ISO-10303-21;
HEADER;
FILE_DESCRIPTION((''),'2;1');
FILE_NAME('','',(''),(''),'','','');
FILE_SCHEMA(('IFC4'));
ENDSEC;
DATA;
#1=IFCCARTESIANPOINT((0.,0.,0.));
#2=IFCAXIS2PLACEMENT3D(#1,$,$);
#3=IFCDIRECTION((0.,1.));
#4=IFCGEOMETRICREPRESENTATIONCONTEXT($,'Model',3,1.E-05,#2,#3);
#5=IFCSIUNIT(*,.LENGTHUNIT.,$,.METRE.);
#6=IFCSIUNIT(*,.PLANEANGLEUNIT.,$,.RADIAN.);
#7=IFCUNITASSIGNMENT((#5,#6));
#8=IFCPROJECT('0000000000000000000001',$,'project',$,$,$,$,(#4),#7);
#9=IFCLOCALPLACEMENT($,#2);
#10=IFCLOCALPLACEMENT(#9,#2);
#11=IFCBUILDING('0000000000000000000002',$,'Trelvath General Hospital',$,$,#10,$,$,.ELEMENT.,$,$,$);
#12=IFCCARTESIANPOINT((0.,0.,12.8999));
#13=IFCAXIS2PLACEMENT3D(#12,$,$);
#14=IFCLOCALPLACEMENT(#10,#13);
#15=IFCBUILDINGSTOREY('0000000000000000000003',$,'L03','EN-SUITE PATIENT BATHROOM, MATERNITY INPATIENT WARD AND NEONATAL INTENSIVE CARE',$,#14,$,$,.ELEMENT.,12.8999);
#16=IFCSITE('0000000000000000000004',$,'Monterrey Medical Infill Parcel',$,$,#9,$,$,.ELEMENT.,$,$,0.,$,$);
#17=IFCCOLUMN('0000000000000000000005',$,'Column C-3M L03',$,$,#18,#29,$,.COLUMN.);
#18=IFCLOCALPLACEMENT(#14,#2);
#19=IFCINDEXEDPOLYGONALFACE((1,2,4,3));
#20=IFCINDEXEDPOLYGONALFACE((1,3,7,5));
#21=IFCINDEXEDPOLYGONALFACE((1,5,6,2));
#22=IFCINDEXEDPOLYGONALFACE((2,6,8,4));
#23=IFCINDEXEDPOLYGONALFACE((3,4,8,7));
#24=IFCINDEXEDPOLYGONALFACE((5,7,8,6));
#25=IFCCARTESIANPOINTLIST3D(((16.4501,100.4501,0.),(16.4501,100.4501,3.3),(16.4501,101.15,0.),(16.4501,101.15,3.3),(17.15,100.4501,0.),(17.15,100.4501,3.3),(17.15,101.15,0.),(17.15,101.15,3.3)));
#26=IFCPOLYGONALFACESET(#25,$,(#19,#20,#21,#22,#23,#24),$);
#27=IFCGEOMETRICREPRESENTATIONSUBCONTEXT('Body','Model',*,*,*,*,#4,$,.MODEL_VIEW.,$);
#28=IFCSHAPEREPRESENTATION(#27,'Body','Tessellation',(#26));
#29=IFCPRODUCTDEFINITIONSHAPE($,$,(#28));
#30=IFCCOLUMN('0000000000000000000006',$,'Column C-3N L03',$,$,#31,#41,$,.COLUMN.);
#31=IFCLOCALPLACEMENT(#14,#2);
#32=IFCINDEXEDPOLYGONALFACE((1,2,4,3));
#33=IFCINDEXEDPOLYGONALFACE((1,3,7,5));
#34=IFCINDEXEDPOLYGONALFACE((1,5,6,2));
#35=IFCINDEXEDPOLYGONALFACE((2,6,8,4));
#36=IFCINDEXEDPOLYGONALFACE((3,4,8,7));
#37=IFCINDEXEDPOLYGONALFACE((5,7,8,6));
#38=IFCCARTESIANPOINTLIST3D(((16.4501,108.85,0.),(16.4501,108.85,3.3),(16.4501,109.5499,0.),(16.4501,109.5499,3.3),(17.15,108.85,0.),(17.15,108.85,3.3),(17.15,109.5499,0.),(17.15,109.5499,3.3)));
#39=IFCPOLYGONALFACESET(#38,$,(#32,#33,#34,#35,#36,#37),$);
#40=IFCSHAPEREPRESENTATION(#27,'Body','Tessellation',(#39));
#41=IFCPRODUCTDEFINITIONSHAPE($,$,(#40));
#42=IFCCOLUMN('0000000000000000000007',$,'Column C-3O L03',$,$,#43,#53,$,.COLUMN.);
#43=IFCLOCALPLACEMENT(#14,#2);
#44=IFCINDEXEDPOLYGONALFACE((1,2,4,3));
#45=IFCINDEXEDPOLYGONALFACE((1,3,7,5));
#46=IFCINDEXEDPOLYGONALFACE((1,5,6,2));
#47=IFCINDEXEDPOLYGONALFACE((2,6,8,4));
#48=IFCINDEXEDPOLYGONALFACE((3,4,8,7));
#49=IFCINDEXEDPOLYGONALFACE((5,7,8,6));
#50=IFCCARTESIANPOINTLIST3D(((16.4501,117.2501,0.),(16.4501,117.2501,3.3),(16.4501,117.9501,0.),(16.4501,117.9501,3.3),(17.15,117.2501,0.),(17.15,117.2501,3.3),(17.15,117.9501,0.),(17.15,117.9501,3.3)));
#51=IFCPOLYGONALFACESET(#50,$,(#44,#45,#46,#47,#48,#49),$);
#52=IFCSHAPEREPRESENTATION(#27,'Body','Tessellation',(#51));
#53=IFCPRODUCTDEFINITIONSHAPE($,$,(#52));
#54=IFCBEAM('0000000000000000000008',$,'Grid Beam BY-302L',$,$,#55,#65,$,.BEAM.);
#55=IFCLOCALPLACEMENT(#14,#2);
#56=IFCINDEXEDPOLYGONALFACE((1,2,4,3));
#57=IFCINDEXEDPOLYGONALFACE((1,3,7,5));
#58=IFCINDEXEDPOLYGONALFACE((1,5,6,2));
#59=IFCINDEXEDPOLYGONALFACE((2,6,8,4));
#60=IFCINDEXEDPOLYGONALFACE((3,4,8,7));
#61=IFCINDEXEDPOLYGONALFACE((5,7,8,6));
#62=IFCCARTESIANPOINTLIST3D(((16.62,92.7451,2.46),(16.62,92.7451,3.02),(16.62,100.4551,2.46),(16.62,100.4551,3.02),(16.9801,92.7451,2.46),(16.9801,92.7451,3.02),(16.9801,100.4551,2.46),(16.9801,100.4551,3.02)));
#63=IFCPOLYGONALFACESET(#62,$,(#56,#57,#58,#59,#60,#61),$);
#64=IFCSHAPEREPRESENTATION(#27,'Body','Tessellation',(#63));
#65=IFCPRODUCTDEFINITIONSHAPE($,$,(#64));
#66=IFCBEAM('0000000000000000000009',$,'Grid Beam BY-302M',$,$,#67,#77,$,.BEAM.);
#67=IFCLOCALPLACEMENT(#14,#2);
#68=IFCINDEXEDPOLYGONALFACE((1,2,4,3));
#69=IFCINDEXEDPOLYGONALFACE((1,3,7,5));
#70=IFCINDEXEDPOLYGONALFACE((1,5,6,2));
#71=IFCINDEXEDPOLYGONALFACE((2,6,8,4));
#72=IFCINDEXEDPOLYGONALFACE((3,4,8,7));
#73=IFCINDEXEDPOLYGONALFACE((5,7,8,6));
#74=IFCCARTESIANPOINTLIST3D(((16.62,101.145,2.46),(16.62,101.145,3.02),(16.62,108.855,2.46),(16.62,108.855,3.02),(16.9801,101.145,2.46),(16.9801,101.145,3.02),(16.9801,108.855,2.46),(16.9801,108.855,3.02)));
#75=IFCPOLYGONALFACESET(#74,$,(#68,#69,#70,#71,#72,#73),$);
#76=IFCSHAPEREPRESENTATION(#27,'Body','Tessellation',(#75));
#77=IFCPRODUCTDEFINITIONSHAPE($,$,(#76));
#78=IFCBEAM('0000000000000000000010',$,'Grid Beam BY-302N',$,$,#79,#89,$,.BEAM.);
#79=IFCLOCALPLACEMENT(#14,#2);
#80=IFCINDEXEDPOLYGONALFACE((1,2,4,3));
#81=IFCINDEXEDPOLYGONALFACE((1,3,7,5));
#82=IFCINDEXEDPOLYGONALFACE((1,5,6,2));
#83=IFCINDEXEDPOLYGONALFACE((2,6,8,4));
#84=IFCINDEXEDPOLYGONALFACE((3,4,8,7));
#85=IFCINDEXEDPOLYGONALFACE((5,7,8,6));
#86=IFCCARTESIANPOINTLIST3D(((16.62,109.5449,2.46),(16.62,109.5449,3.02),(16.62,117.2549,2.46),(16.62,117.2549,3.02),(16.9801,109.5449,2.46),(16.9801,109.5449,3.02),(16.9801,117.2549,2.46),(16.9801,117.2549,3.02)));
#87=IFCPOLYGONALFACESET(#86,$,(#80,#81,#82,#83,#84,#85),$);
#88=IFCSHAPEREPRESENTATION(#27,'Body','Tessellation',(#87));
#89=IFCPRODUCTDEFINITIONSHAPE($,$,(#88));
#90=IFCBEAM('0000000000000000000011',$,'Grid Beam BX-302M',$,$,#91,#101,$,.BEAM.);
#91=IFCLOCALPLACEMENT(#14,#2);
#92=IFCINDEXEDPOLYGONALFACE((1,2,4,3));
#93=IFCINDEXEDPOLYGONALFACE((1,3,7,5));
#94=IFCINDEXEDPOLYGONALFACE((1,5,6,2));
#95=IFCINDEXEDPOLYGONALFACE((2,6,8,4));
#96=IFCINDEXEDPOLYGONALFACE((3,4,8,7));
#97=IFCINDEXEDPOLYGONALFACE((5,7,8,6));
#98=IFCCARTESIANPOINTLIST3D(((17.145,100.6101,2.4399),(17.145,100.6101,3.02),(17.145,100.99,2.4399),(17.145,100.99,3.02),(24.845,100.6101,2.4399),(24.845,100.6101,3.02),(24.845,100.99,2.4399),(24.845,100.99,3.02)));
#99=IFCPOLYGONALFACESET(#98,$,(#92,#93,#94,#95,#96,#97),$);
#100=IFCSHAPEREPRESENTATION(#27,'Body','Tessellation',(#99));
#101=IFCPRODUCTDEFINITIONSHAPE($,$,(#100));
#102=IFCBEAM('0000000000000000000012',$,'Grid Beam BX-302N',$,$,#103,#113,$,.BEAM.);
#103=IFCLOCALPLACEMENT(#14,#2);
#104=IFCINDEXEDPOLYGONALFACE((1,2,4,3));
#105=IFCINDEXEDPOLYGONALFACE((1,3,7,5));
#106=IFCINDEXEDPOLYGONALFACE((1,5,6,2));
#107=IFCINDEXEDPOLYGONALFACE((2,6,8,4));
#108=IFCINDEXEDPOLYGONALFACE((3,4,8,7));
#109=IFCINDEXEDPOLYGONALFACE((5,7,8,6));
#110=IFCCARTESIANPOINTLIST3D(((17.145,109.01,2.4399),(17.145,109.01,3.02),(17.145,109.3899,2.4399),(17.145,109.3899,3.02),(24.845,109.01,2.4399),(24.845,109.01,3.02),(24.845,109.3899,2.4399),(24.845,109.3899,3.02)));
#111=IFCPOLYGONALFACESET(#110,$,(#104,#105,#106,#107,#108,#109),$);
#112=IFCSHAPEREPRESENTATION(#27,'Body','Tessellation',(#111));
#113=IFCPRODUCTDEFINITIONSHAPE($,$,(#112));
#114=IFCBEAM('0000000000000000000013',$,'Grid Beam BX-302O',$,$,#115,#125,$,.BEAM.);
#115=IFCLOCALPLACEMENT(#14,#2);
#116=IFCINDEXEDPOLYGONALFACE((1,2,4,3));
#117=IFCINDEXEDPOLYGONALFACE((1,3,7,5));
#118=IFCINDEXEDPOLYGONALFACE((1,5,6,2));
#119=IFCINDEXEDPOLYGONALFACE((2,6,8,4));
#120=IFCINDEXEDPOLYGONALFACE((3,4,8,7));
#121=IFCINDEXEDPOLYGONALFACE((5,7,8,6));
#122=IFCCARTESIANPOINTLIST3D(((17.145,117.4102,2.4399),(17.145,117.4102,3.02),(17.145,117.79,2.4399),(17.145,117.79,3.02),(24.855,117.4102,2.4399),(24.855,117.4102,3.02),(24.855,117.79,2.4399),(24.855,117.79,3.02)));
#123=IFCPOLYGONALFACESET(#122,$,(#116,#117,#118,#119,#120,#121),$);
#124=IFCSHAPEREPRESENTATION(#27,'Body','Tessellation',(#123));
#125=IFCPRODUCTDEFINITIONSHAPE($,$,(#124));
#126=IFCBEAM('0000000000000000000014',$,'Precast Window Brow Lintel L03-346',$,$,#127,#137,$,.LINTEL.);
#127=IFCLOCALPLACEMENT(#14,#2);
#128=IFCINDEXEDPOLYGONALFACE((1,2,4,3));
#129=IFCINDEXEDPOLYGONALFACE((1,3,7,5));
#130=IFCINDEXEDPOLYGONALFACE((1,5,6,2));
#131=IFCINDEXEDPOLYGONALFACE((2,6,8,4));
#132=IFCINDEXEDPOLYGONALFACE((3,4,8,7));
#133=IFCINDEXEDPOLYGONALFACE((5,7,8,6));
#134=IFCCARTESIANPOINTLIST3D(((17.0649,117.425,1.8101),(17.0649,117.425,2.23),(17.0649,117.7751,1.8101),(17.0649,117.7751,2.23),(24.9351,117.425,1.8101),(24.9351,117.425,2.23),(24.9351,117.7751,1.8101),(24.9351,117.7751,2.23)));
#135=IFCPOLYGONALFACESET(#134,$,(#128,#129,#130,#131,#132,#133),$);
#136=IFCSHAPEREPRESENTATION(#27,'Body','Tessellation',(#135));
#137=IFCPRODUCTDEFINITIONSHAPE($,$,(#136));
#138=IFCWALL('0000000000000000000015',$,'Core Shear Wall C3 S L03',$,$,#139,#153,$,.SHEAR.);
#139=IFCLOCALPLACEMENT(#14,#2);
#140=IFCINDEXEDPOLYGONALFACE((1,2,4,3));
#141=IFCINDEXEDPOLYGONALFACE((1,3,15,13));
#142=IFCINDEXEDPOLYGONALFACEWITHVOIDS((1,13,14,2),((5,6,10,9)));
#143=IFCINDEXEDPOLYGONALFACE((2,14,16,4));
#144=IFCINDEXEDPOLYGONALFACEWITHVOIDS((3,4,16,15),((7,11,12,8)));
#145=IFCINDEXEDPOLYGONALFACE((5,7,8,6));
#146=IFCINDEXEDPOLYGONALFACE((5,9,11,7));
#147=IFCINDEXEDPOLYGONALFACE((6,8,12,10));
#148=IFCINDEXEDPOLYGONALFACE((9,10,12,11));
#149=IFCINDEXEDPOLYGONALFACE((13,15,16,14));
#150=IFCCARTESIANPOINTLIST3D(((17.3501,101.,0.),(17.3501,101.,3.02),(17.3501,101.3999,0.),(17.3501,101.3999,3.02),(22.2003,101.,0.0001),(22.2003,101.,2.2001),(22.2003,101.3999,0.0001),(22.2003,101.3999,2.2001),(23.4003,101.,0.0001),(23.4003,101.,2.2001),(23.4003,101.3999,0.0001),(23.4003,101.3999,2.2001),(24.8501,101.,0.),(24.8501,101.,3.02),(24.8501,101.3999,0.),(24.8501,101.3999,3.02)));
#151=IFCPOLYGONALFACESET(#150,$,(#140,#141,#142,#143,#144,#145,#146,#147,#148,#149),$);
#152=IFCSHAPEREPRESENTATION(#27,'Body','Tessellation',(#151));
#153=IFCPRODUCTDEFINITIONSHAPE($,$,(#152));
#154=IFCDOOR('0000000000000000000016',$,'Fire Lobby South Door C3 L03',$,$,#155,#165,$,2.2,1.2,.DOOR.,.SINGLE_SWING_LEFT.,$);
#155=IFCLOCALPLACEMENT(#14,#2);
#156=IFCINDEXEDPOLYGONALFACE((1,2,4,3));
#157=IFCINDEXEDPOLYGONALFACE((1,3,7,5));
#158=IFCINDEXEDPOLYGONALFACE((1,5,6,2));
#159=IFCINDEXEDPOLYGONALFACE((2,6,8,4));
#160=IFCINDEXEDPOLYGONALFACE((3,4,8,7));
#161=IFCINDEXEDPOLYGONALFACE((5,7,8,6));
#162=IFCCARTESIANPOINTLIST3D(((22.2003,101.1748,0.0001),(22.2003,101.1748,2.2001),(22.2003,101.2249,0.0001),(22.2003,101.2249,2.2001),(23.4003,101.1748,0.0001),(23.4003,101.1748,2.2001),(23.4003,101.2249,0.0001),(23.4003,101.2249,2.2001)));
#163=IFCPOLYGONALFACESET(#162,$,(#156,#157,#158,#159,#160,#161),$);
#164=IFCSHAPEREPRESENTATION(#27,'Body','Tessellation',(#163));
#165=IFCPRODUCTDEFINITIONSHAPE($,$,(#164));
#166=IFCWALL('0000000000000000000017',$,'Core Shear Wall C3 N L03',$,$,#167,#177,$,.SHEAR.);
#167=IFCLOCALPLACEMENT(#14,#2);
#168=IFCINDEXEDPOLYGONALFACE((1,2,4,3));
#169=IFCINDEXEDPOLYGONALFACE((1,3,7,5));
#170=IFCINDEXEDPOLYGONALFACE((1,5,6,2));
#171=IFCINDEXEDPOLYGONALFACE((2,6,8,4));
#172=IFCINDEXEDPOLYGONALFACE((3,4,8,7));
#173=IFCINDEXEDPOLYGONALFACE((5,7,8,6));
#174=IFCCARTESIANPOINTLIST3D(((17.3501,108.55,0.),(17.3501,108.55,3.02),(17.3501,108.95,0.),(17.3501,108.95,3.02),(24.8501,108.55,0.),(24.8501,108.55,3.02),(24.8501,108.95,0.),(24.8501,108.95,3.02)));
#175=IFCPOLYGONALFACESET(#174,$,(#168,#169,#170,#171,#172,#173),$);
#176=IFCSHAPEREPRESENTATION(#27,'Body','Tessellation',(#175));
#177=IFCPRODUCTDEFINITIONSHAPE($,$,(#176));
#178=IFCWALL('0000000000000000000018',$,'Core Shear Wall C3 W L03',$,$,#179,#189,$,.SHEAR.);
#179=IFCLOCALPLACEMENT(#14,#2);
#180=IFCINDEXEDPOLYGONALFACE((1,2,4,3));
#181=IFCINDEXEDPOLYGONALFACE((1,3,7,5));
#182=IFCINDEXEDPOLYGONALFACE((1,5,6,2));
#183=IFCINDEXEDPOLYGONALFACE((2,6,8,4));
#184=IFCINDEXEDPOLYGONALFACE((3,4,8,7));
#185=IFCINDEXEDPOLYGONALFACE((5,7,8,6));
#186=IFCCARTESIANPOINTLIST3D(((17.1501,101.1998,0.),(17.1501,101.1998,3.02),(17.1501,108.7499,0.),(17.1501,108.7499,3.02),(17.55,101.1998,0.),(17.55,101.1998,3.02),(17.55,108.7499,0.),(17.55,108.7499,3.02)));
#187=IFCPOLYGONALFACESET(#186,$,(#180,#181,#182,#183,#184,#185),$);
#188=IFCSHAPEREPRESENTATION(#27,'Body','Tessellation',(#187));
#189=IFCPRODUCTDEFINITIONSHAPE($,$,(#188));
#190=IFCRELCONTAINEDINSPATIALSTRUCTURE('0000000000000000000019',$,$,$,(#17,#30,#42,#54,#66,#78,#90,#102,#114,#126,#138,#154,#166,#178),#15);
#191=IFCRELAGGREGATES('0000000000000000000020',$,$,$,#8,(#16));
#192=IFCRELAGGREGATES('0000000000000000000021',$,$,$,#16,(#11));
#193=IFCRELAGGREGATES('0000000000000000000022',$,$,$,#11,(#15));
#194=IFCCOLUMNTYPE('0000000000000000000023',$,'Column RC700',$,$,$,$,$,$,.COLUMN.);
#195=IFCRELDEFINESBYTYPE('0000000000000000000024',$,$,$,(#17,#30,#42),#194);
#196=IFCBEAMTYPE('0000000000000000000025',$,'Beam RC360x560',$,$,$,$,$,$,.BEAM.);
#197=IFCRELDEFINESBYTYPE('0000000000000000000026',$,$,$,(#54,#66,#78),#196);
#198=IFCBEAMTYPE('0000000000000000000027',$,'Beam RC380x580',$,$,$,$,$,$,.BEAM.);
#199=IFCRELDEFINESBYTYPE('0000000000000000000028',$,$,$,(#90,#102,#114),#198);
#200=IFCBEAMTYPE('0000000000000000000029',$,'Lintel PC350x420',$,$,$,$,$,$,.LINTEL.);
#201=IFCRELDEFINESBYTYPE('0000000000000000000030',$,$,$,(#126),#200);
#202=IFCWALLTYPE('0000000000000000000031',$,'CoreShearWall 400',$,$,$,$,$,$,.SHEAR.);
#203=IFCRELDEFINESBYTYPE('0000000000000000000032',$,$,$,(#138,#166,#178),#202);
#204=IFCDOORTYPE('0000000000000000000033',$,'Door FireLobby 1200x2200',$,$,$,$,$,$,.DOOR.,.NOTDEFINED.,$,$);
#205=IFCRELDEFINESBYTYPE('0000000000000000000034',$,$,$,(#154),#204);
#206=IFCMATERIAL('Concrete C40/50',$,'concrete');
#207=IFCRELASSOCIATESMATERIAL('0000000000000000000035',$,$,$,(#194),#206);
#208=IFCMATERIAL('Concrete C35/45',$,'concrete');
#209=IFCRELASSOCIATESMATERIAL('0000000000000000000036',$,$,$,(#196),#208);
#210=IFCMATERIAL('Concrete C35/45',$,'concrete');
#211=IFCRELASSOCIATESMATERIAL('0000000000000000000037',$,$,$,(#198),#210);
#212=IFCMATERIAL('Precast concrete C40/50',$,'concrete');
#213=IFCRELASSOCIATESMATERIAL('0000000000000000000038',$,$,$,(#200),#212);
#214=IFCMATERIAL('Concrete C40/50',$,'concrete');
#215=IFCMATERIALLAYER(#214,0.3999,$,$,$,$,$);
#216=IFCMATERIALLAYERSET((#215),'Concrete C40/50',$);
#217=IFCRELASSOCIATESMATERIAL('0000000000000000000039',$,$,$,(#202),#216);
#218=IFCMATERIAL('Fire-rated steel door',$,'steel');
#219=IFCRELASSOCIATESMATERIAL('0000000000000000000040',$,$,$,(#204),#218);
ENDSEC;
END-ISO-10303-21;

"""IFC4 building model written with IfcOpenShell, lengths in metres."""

from ifc_helpers import new_model, si_unit, direction, frame, frame_2d, origin, origin_2d, place, context, subcontext, project, spatial, rectangle, extrude, material, layer, layer_set, material_profile, profile_set, type_object, element, fill, save


model = new_model("IFC4")

# Units and contexts
model_context = context("Model", 3, precision=1e-05, world=origin(), true_north=direction((0.0, 1.0)))
body_context = subcontext(model_context, "Body", "Model", "MODEL_VIEW")
ifc_project = project(units=[si_unit("LENGTHUNIT", "METRE"), si_unit("PLANEANGLEUNIT", "RADIAN")], contexts=[model_context])

# Site, building, storey
site_placement = place(None, origin())
site = spatial("IfcSite", under=ifc_project, at=site_placement, Name="Monterrey Medical Infill Parcel", CompositionType="ELEMENT", RefElevation=0.0)
building_placement = place(site_placement, origin())
building = spatial("IfcBuilding", under=site, at=building_placement, Name="Trelvath General Hospital", CompositionType="ELEMENT")
storey_placement = place(building_placement, frame((0.0, 0.0, 12.8999)))
storey = spatial("IfcBuildingStorey", under=building, at=storey_placement, Name="L03", Description="EN-SUITE PATIENT BATHROOM, MATERNITY INPATIENT WARD AND NEONATAL INTENSIVE CARE", CompositionType="ELEMENT", Elevation=12.8999)

# Columns
ifc_material_1 = material(Name="Concrete C40/50", Category="concrete")
ifc_material_profile_1 = material_profile(ifc_material_1, rectangle(XDim=0.7, YDim=0.7, at=origin_2d()), Name="RC700x700")
ifc_profile_set_1 = profile_set([ifc_material_profile_1], Name="Concrete C40/50")
column_type = type_object("IfcColumnType", Name="Column RC700", PredefinedType="COLUMN", material=ifc_profile_set_1)
for number, where, z_axis, x_axis, name in (
    (1, (16.8, 100.8, 0.0), (0.0, 0.0, 1.0), (1.0, 0.0, 0.0), "Column C-3M L03"),
    (2, (16.8, 109.2, 0.0), (0.0, 0.0, 1.0), (1.0, 0.0, 0.0), "Column C-3N L03"),
    (3, (16.8, 117.6001, 0.0), (0.0, 0.0, 1.0), (1.0, 0.0, 0.0), "Column C-3O L03"),
):
    element("IfcColumn", number, at=place(storey_placement, frame(where, z_axis=z_axis, x_axis=x_axis)), inside=storey, type_object=column_type, Name=name, PredefinedType="COLUMN", context=body_context, shape_type="SweptSolid", body=[
        extrude(rectangle(XDim=0.7, YDim=0.7, at=origin_2d()), origin(), (0.0, 0.0, 1.0), 3.3),
    ])

# Beams
ifc_material_2 = material(Name="Concrete C35/45", Category="concrete")
ifc_material_profile_2 = material_profile(ifc_material_2, rectangle(XDim=0.3601, YDim=0.5601, at=origin_2d()), Name="RCB360x560")
ifc_profile_set_2 = profile_set([ifc_material_profile_2], Name="Concrete C35/45")
beam_type_1 = type_object("IfcBeamType", Name="Beam RC360x560", PredefinedType="BEAM", material=ifc_profile_set_2)
for number, where, z_axis, x_axis, name in (
    (4, (16.8, 92.7451, 2.74), (0.0, 1.0, 0.0), (-1.0, 0.0, 0.0), "Grid Beam BY-302L"),
    (5, (16.8, 101.145, 2.74), (0.0, 1.0, 0.0), (-1.0, 0.0, 0.0), "Grid Beam BY-302M"),
    (6, (16.8, 109.5449, 2.74), (0.0, 1.0, 0.0), (-1.0, 0.0, 0.0), "Grid Beam BY-302N"),
):
    element("IfcBeam", number, at=place(storey_placement, frame(where, z_axis=z_axis, x_axis=x_axis)), inside=storey, type_object=beam_type_1, Name=name, PredefinedType="BEAM", context=body_context, shape_type="SweptSolid", body=[
        extrude(rectangle(XDim=0.3601, YDim=0.5601, at=origin_2d()), origin(), (0.0, 0.0, 1.0), 7.71),
    ])
ifc_material_3 = material(Name="Concrete C35/45", Category="concrete")
ifc_material_profile_3 = material_profile(ifc_material_3, rectangle(XDim=0.3799, YDim=0.5801, at=origin_2d()), Name="RCB380x580")
ifc_profile_set_3 = profile_set([ifc_material_profile_3], Name="Concrete C35/45")
beam_type_2 = type_object("IfcBeamType", Name="Beam RC380x580", PredefinedType="BEAM", material=ifc_profile_set_3)
for number, where, z_axis, x_axis, name in (
    (7, (17.145, 100.8, 2.73), (1.0, 0.0, 0.0), (0.0, 1.0, 0.0), "Grid Beam BX-302M"),
    (8, (17.145, 109.2, 2.73), (1.0, 0.0, 0.0), (0.0, 1.0, 0.0), "Grid Beam BX-302N"),
):
    element("IfcBeam", number, at=place(storey_placement, frame(where, z_axis=z_axis, x_axis=x_axis)), inside=storey, type_object=beam_type_2, Name=name, PredefinedType="BEAM", context=body_context, shape_type="SweptSolid", body=[
        extrude(rectangle(XDim=0.3799, YDim=0.5801, at=origin_2d()), origin(), (0.0, 0.0, 1.0), 7.7),
    ])
beam_1_placement = place(storey_placement, frame((17.145, 117.6001, 2.73), z_axis=(1.0, 0.0, 0.0), x_axis=(0.0, 1.0, 0.0)))
element("IfcBeam", 9, at=beam_1_placement, inside=storey, type_object=beam_type_2, Name="Grid Beam BX-302O", PredefinedType="BEAM", context=body_context, shape_type="SweptSolid", body=[
    extrude(rectangle(XDim=0.3799, YDim=0.5801, at=origin_2d()), origin(), (0.0, 0.0, 1.0), 7.71),
])
ifc_material_4 = material(Name="Precast concrete C40/50", Category="concrete")
ifc_material_profile_4 = material_profile(ifc_material_4, rectangle(XDim=0.3501, YDim=0.4199, at=origin_2d()), Name="PCL350x420")
ifc_profile_set_4 = profile_set([ifc_material_profile_4], Name="Precast concrete C40/50")
beam_type_3 = type_object("IfcBeamType", Name="Lintel PC350x420", PredefinedType="LINTEL", material=ifc_profile_set_4)
beam_2_placement = place(storey_placement, frame((17.0649, 117.6001, 2.02), z_axis=(1.0, 0.0, 0.0), x_axis=(0.0, 1.0, 0.0)))
element("IfcBeam", 10, at=beam_2_placement, inside=storey, type_object=beam_type_3, Name="Precast Window Brow Lintel L03-346", PredefinedType="LINTEL", context=body_context, shape_type="SweptSolid", body=[
    extrude(rectangle(XDim=0.3501, YDim=0.4199, at=origin_2d()), origin(), (0.0, 0.0, 1.0), 7.8701),
])

# Wall, opening, door
ifc_material_5 = material(Name="Concrete C40/50", Category="concrete")
ifc_layer_1 = layer(ifc_material_5, 0.3999)
ifc_layer_set_1 = layer_set([ifc_layer_1], Name="Concrete C40/50")
wall_type_1 = type_object("IfcWallType", Name="CoreShearWall 400", PredefinedType="SHEAR", material=ifc_layer_set_1)
wall_1_placement = place(storey_placement, frame((17.3501, 101.2, 0.0), z_axis=(0.0, 0.0, 1.0), x_axis=(1.0, 0.0, 0.0)))
wall_1 = element("IfcWall", 11, at=wall_1_placement, inside=storey, type_object=wall_type_1, Name="Core Shear Wall C3 S L03", PredefinedType="SHEAR", context=body_context, shape_type="SweptSolid", body=[
    extrude(rectangle(XDim=7.5, YDim=0.3999, at=frame_2d((3.75, 0.0))), origin(), (0.0, 0.0, 1.0), 3.02),
])
opening_1_placement = place(wall_1_placement, frame((4.8501, 0.0, 0.0)))
opening_1 = element("IfcOpeningElement", 12, at=opening_1_placement, cuts=wall_1, PredefinedType="OPENING", context=body_context, shape_type="SweptSolid", body=[
    extrude(rectangle(XDim=1.2, YDim=2.2, at=frame_2d((0.6001, 1.1001))), frame((0.0, 0.21, 0.0), z_axis=(0.0, -1.0, 0.0), x_axis=(1.0, 0.0, 0.0)), (0.0, 0.0, 1.0), 0.4199),
])
ifc_material_6 = material(Name="Fire-rated steel door", Category="steel")
door_type_1 = type_object("IfcDoorType", Name="Door FireLobby 1200x2200", OperationType="NOTDEFINED", PredefinedType="DOOR", material=ifc_material_6)
door_1_placement = place(opening_1_placement, origin())
door_1 = element("IfcDoor", 13, at=door_1_placement, inside=storey, type_object=door_type_1, Name="Fire Lobby South Door C3 L03", OperationType="SINGLE_SWING_LEFT", OverallHeight=2.2, OverallWidth=1.2, PredefinedType="DOOR", context=body_context, shape_type="SweptSolid", body=[
    extrude(rectangle(XDim=1.2, YDim=2.2, at=frame_2d((0.6001, 1.1001))), frame((0.0, 0.0249, 0.0), z_axis=(0.0, -1.0, 0.0), x_axis=(1.0, 0.0, 0.0)), (0.0, 0.0, 1.0), 0.05),
])
fill(opening_1, door_1)

# Walls
wall_2_placement = place(storey_placement, frame((17.3501, 108.75, 0.0), z_axis=(0.0, 0.0, 1.0), x_axis=(1.0, 0.0, 0.0)))
element("IfcWall", 14, at=wall_2_placement, inside=storey, type_object=wall_type_1, Name="Core Shear Wall C3 N L03", PredefinedType="SHEAR", context=body_context, shape_type="SweptSolid", body=[
    extrude(rectangle(XDim=7.5, YDim=0.3999, at=frame_2d((3.75, 0.0))), origin(), (0.0, 0.0, 1.0), 3.02),
])
wall_3_placement = place(storey_placement, frame((17.3501, 101.2, 0.0), z_axis=(0.0, 0.0, 1.0), x_axis=(0.0, 1.0, 0.0)))
element("IfcWall", 15, at=wall_3_placement, inside=storey, type_object=wall_type_1, Name="Core Shear Wall C3 W L03", PredefinedType="SHEAR", context=body_context, shape_type="SweptSolid", body=[
    extrude(rectangle(XDim=7.55, YDim=0.3999, at=frame_2d((3.7749, 0.0))), origin(), (0.0, 0.0, 1.0), 3.02),
])

save(model, "model.ifc")
